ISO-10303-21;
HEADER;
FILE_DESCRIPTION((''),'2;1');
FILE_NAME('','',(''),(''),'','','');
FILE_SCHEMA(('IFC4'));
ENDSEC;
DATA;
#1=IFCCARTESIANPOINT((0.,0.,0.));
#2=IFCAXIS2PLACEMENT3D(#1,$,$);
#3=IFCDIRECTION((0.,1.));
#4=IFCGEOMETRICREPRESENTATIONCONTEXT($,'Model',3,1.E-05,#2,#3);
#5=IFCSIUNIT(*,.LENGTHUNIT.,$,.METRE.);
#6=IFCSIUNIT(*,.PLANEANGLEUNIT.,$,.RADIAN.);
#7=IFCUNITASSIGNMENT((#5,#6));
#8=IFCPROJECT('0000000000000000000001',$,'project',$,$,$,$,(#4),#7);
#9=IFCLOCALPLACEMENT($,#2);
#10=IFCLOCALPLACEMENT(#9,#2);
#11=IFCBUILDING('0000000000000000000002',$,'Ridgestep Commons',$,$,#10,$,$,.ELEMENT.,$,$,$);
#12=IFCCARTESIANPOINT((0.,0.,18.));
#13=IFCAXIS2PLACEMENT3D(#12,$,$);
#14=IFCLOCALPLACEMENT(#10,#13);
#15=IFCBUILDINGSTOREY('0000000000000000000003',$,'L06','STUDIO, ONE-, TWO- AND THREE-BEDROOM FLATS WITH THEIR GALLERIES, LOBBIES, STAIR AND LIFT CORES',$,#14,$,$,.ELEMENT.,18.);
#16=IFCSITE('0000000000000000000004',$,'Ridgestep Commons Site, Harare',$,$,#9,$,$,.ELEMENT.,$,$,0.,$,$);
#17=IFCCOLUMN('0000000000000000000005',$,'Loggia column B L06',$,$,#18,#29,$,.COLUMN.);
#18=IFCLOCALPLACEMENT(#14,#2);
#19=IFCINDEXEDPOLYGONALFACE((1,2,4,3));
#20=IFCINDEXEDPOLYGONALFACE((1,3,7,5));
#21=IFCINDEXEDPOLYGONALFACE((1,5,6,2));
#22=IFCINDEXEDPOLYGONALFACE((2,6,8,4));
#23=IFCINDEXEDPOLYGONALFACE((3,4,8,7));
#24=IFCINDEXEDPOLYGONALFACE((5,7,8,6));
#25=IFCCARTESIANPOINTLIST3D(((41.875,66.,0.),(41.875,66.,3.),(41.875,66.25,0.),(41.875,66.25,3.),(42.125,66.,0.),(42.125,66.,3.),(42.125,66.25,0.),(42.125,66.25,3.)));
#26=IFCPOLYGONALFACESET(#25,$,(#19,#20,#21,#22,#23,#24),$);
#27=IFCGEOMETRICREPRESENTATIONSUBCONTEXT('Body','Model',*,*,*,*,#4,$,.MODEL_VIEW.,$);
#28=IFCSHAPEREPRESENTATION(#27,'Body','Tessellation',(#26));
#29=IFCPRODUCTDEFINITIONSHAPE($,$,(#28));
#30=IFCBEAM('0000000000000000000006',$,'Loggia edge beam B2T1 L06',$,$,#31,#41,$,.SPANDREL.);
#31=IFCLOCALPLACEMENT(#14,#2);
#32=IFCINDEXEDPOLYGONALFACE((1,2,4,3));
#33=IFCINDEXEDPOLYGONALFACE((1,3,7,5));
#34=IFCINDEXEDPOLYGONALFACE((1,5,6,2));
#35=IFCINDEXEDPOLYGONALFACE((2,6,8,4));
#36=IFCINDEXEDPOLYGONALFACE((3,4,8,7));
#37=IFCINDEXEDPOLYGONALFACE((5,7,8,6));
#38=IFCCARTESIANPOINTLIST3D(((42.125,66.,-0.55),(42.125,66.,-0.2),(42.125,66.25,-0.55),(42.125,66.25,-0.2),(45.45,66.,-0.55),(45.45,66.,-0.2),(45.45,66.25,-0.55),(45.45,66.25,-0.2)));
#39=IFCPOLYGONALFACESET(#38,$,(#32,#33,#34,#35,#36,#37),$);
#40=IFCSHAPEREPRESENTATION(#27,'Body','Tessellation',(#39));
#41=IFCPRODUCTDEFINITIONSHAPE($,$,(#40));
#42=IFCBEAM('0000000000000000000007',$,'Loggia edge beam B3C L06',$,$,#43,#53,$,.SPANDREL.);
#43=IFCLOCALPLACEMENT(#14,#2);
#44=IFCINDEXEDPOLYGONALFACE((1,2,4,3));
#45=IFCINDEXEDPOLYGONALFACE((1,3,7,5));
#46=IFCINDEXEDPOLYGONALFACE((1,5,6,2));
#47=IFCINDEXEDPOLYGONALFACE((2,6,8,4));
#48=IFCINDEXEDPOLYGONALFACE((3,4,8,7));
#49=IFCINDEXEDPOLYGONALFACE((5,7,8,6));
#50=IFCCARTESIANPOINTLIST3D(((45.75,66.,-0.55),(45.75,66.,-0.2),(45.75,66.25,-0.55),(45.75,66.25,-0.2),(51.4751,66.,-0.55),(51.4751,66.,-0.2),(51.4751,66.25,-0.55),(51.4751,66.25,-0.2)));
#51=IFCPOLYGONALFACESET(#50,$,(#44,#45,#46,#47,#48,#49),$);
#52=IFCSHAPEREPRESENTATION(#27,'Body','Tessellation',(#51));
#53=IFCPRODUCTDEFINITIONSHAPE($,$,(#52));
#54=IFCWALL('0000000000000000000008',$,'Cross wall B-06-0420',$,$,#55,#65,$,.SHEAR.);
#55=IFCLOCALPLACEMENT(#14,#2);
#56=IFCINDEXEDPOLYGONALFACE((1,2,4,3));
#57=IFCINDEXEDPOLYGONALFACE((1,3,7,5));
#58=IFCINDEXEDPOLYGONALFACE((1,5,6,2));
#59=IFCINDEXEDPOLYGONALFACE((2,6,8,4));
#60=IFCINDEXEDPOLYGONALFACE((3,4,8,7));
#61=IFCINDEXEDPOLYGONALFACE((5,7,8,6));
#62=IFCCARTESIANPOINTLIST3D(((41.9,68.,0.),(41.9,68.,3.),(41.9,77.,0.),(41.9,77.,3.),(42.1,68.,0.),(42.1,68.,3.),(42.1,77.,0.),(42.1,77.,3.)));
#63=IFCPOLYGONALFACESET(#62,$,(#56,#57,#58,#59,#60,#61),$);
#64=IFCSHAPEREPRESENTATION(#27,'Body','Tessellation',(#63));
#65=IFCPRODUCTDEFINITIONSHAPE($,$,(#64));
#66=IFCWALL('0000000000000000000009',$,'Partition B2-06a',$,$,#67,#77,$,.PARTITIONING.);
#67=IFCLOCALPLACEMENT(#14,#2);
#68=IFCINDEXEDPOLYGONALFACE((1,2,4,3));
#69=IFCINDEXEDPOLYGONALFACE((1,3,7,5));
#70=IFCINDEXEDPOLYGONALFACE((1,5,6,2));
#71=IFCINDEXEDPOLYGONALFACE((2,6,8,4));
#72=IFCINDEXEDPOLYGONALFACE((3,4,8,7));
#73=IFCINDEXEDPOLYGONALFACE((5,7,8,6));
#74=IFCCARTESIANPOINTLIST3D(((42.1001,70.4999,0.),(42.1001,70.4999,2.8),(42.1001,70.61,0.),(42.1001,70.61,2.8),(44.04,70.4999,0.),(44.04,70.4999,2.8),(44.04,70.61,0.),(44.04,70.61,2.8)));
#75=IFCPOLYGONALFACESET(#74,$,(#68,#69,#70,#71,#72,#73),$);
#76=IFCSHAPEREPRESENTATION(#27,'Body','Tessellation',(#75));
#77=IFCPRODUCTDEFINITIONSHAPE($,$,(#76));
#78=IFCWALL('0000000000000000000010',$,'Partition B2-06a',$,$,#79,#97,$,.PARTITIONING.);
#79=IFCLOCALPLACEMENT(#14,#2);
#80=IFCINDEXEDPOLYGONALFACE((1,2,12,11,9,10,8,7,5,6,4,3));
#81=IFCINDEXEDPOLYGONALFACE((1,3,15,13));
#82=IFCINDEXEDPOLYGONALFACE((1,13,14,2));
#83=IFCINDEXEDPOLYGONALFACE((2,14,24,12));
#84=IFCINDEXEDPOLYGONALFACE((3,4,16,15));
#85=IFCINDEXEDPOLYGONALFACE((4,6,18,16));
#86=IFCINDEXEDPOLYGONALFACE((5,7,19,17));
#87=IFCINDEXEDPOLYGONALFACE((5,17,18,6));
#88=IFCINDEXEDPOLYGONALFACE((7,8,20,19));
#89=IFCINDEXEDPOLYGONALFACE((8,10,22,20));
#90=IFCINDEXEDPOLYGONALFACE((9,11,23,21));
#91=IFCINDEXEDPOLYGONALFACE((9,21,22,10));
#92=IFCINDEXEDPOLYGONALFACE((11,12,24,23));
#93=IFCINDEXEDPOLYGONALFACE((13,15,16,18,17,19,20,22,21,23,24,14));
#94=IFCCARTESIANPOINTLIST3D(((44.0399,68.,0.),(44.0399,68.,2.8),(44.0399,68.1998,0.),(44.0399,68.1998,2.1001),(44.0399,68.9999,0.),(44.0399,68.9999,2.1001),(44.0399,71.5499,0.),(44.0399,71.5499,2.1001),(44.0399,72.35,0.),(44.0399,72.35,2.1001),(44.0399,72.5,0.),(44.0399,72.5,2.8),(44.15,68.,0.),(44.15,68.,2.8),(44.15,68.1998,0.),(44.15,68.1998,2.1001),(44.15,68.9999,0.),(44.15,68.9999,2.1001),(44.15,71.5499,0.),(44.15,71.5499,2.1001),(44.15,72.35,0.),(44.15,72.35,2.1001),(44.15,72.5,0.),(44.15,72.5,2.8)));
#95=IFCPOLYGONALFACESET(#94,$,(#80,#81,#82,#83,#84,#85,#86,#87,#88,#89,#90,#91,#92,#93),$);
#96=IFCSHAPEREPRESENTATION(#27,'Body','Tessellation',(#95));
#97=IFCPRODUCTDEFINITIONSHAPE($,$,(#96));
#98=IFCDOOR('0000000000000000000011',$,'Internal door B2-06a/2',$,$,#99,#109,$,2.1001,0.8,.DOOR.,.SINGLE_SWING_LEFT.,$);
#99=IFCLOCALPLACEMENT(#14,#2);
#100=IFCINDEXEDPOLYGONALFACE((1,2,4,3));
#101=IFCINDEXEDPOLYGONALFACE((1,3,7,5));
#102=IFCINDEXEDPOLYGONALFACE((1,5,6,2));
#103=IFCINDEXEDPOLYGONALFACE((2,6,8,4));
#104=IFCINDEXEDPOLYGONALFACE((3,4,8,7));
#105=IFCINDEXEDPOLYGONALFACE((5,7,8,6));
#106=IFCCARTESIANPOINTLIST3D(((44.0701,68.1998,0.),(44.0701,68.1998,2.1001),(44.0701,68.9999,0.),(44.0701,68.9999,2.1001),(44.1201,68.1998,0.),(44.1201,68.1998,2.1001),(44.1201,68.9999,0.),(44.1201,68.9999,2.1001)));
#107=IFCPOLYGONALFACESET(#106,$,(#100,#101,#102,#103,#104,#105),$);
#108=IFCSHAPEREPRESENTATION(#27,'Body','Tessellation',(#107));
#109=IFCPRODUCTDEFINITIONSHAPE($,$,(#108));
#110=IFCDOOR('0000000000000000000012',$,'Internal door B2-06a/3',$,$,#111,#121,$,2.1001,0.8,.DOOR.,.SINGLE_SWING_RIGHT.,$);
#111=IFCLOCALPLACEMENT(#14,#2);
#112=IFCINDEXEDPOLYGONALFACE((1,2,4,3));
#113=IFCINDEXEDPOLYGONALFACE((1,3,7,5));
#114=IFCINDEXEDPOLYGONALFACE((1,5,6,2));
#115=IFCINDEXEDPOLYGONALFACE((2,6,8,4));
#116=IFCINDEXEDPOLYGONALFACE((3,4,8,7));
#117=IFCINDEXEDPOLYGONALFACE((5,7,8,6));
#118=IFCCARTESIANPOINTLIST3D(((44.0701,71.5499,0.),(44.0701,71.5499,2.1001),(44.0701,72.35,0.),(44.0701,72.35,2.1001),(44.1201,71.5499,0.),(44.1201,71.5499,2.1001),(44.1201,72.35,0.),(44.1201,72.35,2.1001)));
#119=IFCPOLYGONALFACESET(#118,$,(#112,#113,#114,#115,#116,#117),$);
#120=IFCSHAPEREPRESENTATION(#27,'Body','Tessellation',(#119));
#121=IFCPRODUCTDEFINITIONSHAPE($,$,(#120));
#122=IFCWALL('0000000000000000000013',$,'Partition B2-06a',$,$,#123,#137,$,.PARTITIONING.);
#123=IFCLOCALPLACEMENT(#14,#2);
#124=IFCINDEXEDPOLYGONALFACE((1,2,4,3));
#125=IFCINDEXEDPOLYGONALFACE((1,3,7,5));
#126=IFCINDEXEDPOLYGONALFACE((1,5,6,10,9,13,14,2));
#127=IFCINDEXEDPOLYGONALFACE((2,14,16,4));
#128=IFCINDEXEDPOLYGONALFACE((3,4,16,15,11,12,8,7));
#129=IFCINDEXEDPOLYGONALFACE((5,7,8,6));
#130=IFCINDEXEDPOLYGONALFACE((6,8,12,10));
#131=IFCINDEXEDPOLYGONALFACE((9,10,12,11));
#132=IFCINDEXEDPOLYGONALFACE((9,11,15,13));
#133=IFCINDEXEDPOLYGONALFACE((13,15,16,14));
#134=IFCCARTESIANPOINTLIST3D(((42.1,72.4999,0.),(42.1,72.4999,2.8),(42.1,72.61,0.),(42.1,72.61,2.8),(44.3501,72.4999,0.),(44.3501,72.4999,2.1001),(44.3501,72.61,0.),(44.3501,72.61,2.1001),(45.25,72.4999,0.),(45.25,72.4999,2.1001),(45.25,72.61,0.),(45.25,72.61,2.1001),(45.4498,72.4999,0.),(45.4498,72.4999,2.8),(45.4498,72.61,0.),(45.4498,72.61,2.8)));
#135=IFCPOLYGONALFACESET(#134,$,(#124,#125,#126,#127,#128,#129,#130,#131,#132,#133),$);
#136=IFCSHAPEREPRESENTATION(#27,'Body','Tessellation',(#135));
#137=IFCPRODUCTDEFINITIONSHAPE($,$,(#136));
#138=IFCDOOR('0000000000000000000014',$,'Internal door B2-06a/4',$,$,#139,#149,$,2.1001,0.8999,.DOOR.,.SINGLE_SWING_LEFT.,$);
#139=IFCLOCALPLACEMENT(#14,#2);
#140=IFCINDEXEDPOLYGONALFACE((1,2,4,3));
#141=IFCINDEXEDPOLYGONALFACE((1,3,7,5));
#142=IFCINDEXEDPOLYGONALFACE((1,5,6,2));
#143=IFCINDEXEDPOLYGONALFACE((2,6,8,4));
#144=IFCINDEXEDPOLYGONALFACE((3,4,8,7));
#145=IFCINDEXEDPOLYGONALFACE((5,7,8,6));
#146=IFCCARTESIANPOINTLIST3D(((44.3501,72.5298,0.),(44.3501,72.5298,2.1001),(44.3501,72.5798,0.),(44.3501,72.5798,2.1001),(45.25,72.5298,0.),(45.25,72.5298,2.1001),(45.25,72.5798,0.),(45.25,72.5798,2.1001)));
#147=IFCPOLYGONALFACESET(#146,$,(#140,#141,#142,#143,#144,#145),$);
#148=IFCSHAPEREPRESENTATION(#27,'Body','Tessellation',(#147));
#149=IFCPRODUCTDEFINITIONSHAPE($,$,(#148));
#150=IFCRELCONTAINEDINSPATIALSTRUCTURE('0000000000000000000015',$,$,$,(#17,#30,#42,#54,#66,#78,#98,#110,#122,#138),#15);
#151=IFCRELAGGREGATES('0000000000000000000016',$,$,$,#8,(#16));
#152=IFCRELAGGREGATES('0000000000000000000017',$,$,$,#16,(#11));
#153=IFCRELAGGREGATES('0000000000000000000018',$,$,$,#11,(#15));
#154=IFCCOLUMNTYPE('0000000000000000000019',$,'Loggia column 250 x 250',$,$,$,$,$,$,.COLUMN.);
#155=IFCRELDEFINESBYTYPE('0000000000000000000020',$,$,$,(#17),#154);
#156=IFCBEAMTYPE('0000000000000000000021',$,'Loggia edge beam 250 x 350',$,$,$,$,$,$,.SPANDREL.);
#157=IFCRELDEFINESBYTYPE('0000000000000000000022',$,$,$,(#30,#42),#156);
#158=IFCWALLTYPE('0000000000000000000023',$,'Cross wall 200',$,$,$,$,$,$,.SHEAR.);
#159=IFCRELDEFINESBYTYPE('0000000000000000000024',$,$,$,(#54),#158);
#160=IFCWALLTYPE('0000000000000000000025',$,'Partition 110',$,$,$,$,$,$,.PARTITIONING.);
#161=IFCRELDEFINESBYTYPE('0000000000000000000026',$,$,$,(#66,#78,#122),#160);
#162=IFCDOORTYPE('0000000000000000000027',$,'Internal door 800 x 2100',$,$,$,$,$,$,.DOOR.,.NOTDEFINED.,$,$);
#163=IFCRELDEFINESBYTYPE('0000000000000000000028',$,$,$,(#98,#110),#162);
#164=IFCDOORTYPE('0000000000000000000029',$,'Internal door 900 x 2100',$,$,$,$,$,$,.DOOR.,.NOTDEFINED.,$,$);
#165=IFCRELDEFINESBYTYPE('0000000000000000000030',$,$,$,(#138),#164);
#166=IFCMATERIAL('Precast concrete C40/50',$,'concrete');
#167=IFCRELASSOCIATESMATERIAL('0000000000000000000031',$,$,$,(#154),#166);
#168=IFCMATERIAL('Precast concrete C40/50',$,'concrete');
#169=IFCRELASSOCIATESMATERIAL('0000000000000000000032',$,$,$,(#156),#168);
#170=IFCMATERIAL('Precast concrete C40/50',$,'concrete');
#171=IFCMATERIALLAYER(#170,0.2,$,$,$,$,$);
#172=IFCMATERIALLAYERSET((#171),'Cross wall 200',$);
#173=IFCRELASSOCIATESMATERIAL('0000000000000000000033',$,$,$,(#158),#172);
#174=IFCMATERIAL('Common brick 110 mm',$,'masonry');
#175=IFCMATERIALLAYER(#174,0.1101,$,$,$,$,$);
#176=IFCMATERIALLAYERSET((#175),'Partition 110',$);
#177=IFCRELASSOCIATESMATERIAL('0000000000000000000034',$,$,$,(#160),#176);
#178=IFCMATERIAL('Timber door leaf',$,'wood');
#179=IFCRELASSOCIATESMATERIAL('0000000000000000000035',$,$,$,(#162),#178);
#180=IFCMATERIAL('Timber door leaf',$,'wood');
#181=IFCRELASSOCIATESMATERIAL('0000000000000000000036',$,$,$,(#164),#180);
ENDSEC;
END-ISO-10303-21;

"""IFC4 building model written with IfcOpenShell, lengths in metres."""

from ifc_helpers import new_model, si_unit, direction, frame, frame_2d, origin, origin_2d, place, context, subcontext, project, spatial, rectangle, extrude, material, layer, layer_set, material_profile, profile_set, type_object, element, fill, save


model = new_model("IFC4")

# Units and contexts
model_context = context("Model", 3, precision=1e-05, world=origin(), true_north=direction((0.0, 1.0)))
body_context = subcontext(model_context, "Body", "Model", "MODEL_VIEW")
ifc_project = project(units=[si_unit("LENGTHUNIT", "METRE"), si_unit("PLANEANGLEUNIT", "RADIAN")], contexts=[model_context])

# Site, building, storey
site_placement = place(None, origin())
site = spatial("IfcSite", under=ifc_project, at=site_placement, Name="Ridgestep Commons Site, Harare", CompositionType="ELEMENT", RefElevation=0.0)
building_placement = place(site_placement, origin())
building = spatial("IfcBuilding", under=site, at=building_placement, Name="Ridgestep Commons", CompositionType="ELEMENT")
storey_placement = place(building_placement, frame((0.0, 0.0, 18.0)))
storey = spatial("IfcBuildingStorey", under=building, at=storey_placement, Name="L06", Description="STUDIO, ONE-, TWO- AND THREE-BEDROOM FLATS WITH THEIR GALLERIES, LOBBIES, STAIR AND LIFT CORES", CompositionType="ELEMENT", Elevation=18.0)

# Column
ifc_material_1 = material(Name="Precast concrete C40/50", Category="concrete")
ifc_material_profile_1 = material_profile(ifc_material_1, rectangle(XDim=0.25, YDim=0.25, at=origin_2d()), Name="PC 250x250")
ifc_profile_set_1 = profile_set([ifc_material_profile_1], Name="Precast concrete C40/50")
column_type = type_object("IfcColumnType", Name="Loggia column 250 x 250", PredefinedType="COLUMN", material=ifc_profile_set_1)
column_placement = place(storey_placement, frame((42.0, 66.125, 0.0), z_axis=(0.0, 0.0, 1.0), x_axis=(1.0, 0.0, 0.0)))
element("IfcColumn", 1, at=column_placement, inside=storey, type_object=column_type, Name="Loggia column B L06", PredefinedType="COLUMN", context=body_context, shape_type="SweptSolid", body=[
    extrude(rectangle(XDim=0.25, YDim=0.25, at=origin_2d()), origin(), (0.0, 0.0, 1.0), 3.0),
])

# Beams
ifc_material_2 = material(Name="Precast concrete C40/50", Category="concrete")
ifc_material_profile_2 = material_profile(ifc_material_2, rectangle(XDim=0.25, YDim=0.3501, at=origin_2d()), Name="PC 250x350")
ifc_profile_set_2 = profile_set([ifc_material_profile_2], Name="Precast concrete C40/50")
beam_type = type_object("IfcBeamType", Name="Loggia edge beam 250 x 350", PredefinedType="SPANDREL", material=ifc_profile_set_2)
beam_1_placement = place(storey_placement, frame((42.125, 66.125, -0.375), z_axis=(1.0, 0.0, 0.0), x_axis=(0.0, 1.0, 0.0)))
element("IfcBeam", 2, at=beam_1_placement, inside=storey, type_object=beam_type, Name="Loggia edge beam B2T1 L06", PredefinedType="SPANDREL", context=body_context, shape_type="SweptSolid", body=[
    extrude(rectangle(XDim=0.25, YDim=0.3501, at=origin_2d()), origin(), (0.0, 0.0, 1.0), 3.325),
])
beam_2_placement = place(storey_placement, frame((45.75, 66.125, -0.375), z_axis=(1.0, 0.0, 0.0), x_axis=(0.0, 1.0, 0.0)))
element("IfcBeam", 3, at=beam_2_placement, inside=storey, type_object=beam_type, Name="Loggia edge beam B3C L06", PredefinedType="SPANDREL", context=body_context, shape_type="SweptSolid", body=[
    extrude(rectangle(XDim=0.25, YDim=0.3501, at=origin_2d()), origin(), (0.0, 0.0, 1.0), 5.7251),
])

# Walls
ifc_material_3 = material(Name="Precast concrete C40/50", Category="concrete")
ifc_layer_1 = layer(ifc_material_3, 0.2)
ifc_layer_set_1 = layer_set([ifc_layer_1], Name="Cross wall 200")
wall_type_1 = type_object("IfcWallType", Name="Cross wall 200", PredefinedType="SHEAR", material=ifc_layer_set_1)
wall_1_placement = place(storey_placement, frame((42.0, 68.0, 0.0), z_axis=(0.0, 0.0, 1.0), x_axis=(0.0, 1.0, 0.0)))
element("IfcWall", 4, at=wall_1_placement, inside=storey, type_object=wall_type_1, Name="Cross wall B-06-0420", PredefinedType="SHEAR", context=body_context, shape_type="SweptSolid", body=[
    extrude(rectangle(XDim=9.0, YDim=0.2, at=frame_2d((4.5, 0.0))), origin(), (0.0, 0.0, 1.0), 3.0),
])
ifc_material_4 = material(Name="Common brick 110 mm", Category="masonry")
ifc_layer_2 = layer(ifc_material_4, 0.1101)
ifc_layer_set_2 = layer_set([ifc_layer_2], Name="Partition 110")
wall_type_2 = type_object("IfcWallType", Name="Partition 110", PredefinedType="PARTITIONING", material=ifc_layer_set_2)
wall_2_placement = place(storey_placement, frame((42.1001, 70.5549, 0.0), z_axis=(0.0, 0.0, 1.0), x_axis=(1.0, 0.0, 0.0)))
element("IfcWall", 5, at=wall_2_placement, inside=storey, type_object=wall_type_2, Name="Partition B2-06a", PredefinedType="PARTITIONING", context=body_context, shape_type="SweptSolid", body=[
    extrude(rectangle(XDim=1.9399, YDim=0.1101, at=frame_2d((0.97, 0.0))), origin(), (0.0, 0.0, 1.0), 2.8),
])

# Wall, openings, doors
wall_3_placement = place(storey_placement, frame((44.095, 68.0, 0.0), z_axis=(0.0, 0.0, 1.0), x_axis=(0.0, 1.0, 0.0)))
wall_3 = element("IfcWall", 6, at=wall_3_placement, inside=storey, type_object=wall_type_2, Name="Partition B2-06a", PredefinedType="PARTITIONING", context=body_context, shape_type="SweptSolid", body=[
    extrude(rectangle(XDim=4.5, YDim=0.1101, at=frame_2d((2.25, 0.0))), origin(), (0.0, 0.0, 1.0), 2.8),
])
opening_1_placement = place(wall_3_placement, frame((0.2, 0.0, 0.0)))
opening_1 = element("IfcOpeningElement", 7, at=opening_1_placement, cuts=wall_3, PredefinedType="OPENING", context=body_context, shape_type="SweptSolid", body=[
    extrude(rectangle(XDim=0.8, YDim=2.1001, at=frame_2d((0.3999, 1.05))), frame((0.0, 0.0649, 0.0), z_axis=(0.0, -1.0, 0.0), x_axis=(1.0, 0.0, 0.0)), (0.0, 0.0, 1.0), 0.1301),
])
opening_2_placement = place(wall_3_placement, frame((3.55, 0.0, 0.0)))
opening_2 = element("IfcOpeningElement", 8, at=opening_2_placement, cuts=wall_3, PredefinedType="OPENING", context=body_context, shape_type="SweptSolid", body=[
    extrude(rectangle(XDim=0.8, YDim=2.1001, at=frame_2d((0.3999, 1.05))), frame((0.0, 0.0649, 0.0), z_axis=(0.0, -1.0, 0.0), x_axis=(1.0, 0.0, 0.0)), (0.0, 0.0, 1.0), 0.1301),
])
ifc_material_5 = material(Name="Timber door leaf", Category="wood")
door_type_1 = type_object("IfcDoorType", Name="Internal door 800 x 2100", OperationType="NOTDEFINED", PredefinedType="DOOR", material=ifc_material_5)
door_1_placement = place(opening_1_placement, origin())
door_1 = element("IfcDoor", 9, at=door_1_placement, inside=storey, type_object=door_type_1, Name="Internal door B2-06a/2", OperationType="SINGLE_SWING_LEFT", OverallHeight=2.1001, OverallWidth=0.8, PredefinedType="DOOR", context=body_context, shape_type="SweptSolid", body=[
    extrude(rectangle(XDim=0.8, YDim=2.1001, at=frame_2d((0.3999, 1.05))), frame((0.0, 0.0249, 0.0), z_axis=(0.0, -1.0, 0.0), x_axis=(1.0, 0.0, 0.0)), (0.0, 0.0, 1.0), 0.05),
])
fill(opening_1, door_1)
door_2_placement = place(opening_2_placement, origin())
door_2 = element("IfcDoor", 10, at=door_2_placement, inside=storey, type_object=door_type_1, Name="Internal door B2-06a/3", OperationType="SINGLE_SWING_RIGHT", OverallHeight=2.1001, OverallWidth=0.8, PredefinedType="DOOR", context=body_context, shape_type="SweptSolid", body=[
    extrude(rectangle(XDim=0.8, YDim=2.1001, at=frame_2d((0.3999, 1.05))), frame((0.0, 0.0249, 0.0), z_axis=(0.0, -1.0, 0.0), x_axis=(1.0, 0.0, 0.0)), (0.0, 0.0, 1.0), 0.05),
])
fill(opening_2, door_2)

# Wall, opening, door
wall_4_placement = place(storey_placement, frame((42.1001, 72.5549, 0.0), z_axis=(0.0, 0.0, 1.0), x_axis=(1.0, 0.0, 0.0)))
wall_4 = element("IfcWall", 11, at=wall_4_placement, inside=storey, type_object=wall_type_2, Name="Partition B2-06a", PredefinedType="PARTITIONING", context=body_context, shape_type="SweptSolid", body=[
    extrude(rectangle(XDim=3.3499, YDim=0.1101, at=frame_2d((1.6748, 0.0))), origin(), (0.0, 0.0, 1.0), 2.8),
])
opening_3_placement = place(wall_4_placement, frame((2.25, 0.0, 0.0)))
opening_3 = element("IfcOpeningElement", 12, at=opening_3_placement, cuts=wall_4, PredefinedType="OPENING", context=body_context, shape_type="SweptSolid", body=[
    extrude(rectangle(XDim=0.8999, YDim=2.1001, at=frame_2d((0.45, 1.05))), frame((0.0, 0.0649, 0.0), z_axis=(0.0, -1.0, 0.0), x_axis=(1.0, 0.0, 0.0)), (0.0, 0.0, 1.0), 0.1301),
])
ifc_material_6 = material(Name="Timber door leaf", Category="wood")
door_type_2 = type_object("IfcDoorType", Name="Internal door 900 x 2100", OperationType="NOTDEFINED", PredefinedType="DOOR", material=ifc_material_6)
door_3_placement = place(opening_3_placement, origin())
door_3 = element("IfcDoor", 13, at=door_3_placement, inside=storey, type_object=door_type_2, Name="Internal door B2-06a/4", OperationType="SINGLE_SWING_LEFT", OverallHeight=2.1001, OverallWidth=0.8999, PredefinedType="DOOR", context=body_context, shape_type="SweptSolid", body=[
    extrude(rectangle(XDim=0.8999, YDim=2.1001, at=frame_2d((0.45, 1.05))), frame((0.0, 0.0249, 0.0), z_axis=(0.0, -1.0, 0.0), x_axis=(1.0, 0.0, 0.0)), (0.0, 0.0, 1.0), 0.05),
])
fill(opening_3, door_3)

save(model, "model.ifc")
